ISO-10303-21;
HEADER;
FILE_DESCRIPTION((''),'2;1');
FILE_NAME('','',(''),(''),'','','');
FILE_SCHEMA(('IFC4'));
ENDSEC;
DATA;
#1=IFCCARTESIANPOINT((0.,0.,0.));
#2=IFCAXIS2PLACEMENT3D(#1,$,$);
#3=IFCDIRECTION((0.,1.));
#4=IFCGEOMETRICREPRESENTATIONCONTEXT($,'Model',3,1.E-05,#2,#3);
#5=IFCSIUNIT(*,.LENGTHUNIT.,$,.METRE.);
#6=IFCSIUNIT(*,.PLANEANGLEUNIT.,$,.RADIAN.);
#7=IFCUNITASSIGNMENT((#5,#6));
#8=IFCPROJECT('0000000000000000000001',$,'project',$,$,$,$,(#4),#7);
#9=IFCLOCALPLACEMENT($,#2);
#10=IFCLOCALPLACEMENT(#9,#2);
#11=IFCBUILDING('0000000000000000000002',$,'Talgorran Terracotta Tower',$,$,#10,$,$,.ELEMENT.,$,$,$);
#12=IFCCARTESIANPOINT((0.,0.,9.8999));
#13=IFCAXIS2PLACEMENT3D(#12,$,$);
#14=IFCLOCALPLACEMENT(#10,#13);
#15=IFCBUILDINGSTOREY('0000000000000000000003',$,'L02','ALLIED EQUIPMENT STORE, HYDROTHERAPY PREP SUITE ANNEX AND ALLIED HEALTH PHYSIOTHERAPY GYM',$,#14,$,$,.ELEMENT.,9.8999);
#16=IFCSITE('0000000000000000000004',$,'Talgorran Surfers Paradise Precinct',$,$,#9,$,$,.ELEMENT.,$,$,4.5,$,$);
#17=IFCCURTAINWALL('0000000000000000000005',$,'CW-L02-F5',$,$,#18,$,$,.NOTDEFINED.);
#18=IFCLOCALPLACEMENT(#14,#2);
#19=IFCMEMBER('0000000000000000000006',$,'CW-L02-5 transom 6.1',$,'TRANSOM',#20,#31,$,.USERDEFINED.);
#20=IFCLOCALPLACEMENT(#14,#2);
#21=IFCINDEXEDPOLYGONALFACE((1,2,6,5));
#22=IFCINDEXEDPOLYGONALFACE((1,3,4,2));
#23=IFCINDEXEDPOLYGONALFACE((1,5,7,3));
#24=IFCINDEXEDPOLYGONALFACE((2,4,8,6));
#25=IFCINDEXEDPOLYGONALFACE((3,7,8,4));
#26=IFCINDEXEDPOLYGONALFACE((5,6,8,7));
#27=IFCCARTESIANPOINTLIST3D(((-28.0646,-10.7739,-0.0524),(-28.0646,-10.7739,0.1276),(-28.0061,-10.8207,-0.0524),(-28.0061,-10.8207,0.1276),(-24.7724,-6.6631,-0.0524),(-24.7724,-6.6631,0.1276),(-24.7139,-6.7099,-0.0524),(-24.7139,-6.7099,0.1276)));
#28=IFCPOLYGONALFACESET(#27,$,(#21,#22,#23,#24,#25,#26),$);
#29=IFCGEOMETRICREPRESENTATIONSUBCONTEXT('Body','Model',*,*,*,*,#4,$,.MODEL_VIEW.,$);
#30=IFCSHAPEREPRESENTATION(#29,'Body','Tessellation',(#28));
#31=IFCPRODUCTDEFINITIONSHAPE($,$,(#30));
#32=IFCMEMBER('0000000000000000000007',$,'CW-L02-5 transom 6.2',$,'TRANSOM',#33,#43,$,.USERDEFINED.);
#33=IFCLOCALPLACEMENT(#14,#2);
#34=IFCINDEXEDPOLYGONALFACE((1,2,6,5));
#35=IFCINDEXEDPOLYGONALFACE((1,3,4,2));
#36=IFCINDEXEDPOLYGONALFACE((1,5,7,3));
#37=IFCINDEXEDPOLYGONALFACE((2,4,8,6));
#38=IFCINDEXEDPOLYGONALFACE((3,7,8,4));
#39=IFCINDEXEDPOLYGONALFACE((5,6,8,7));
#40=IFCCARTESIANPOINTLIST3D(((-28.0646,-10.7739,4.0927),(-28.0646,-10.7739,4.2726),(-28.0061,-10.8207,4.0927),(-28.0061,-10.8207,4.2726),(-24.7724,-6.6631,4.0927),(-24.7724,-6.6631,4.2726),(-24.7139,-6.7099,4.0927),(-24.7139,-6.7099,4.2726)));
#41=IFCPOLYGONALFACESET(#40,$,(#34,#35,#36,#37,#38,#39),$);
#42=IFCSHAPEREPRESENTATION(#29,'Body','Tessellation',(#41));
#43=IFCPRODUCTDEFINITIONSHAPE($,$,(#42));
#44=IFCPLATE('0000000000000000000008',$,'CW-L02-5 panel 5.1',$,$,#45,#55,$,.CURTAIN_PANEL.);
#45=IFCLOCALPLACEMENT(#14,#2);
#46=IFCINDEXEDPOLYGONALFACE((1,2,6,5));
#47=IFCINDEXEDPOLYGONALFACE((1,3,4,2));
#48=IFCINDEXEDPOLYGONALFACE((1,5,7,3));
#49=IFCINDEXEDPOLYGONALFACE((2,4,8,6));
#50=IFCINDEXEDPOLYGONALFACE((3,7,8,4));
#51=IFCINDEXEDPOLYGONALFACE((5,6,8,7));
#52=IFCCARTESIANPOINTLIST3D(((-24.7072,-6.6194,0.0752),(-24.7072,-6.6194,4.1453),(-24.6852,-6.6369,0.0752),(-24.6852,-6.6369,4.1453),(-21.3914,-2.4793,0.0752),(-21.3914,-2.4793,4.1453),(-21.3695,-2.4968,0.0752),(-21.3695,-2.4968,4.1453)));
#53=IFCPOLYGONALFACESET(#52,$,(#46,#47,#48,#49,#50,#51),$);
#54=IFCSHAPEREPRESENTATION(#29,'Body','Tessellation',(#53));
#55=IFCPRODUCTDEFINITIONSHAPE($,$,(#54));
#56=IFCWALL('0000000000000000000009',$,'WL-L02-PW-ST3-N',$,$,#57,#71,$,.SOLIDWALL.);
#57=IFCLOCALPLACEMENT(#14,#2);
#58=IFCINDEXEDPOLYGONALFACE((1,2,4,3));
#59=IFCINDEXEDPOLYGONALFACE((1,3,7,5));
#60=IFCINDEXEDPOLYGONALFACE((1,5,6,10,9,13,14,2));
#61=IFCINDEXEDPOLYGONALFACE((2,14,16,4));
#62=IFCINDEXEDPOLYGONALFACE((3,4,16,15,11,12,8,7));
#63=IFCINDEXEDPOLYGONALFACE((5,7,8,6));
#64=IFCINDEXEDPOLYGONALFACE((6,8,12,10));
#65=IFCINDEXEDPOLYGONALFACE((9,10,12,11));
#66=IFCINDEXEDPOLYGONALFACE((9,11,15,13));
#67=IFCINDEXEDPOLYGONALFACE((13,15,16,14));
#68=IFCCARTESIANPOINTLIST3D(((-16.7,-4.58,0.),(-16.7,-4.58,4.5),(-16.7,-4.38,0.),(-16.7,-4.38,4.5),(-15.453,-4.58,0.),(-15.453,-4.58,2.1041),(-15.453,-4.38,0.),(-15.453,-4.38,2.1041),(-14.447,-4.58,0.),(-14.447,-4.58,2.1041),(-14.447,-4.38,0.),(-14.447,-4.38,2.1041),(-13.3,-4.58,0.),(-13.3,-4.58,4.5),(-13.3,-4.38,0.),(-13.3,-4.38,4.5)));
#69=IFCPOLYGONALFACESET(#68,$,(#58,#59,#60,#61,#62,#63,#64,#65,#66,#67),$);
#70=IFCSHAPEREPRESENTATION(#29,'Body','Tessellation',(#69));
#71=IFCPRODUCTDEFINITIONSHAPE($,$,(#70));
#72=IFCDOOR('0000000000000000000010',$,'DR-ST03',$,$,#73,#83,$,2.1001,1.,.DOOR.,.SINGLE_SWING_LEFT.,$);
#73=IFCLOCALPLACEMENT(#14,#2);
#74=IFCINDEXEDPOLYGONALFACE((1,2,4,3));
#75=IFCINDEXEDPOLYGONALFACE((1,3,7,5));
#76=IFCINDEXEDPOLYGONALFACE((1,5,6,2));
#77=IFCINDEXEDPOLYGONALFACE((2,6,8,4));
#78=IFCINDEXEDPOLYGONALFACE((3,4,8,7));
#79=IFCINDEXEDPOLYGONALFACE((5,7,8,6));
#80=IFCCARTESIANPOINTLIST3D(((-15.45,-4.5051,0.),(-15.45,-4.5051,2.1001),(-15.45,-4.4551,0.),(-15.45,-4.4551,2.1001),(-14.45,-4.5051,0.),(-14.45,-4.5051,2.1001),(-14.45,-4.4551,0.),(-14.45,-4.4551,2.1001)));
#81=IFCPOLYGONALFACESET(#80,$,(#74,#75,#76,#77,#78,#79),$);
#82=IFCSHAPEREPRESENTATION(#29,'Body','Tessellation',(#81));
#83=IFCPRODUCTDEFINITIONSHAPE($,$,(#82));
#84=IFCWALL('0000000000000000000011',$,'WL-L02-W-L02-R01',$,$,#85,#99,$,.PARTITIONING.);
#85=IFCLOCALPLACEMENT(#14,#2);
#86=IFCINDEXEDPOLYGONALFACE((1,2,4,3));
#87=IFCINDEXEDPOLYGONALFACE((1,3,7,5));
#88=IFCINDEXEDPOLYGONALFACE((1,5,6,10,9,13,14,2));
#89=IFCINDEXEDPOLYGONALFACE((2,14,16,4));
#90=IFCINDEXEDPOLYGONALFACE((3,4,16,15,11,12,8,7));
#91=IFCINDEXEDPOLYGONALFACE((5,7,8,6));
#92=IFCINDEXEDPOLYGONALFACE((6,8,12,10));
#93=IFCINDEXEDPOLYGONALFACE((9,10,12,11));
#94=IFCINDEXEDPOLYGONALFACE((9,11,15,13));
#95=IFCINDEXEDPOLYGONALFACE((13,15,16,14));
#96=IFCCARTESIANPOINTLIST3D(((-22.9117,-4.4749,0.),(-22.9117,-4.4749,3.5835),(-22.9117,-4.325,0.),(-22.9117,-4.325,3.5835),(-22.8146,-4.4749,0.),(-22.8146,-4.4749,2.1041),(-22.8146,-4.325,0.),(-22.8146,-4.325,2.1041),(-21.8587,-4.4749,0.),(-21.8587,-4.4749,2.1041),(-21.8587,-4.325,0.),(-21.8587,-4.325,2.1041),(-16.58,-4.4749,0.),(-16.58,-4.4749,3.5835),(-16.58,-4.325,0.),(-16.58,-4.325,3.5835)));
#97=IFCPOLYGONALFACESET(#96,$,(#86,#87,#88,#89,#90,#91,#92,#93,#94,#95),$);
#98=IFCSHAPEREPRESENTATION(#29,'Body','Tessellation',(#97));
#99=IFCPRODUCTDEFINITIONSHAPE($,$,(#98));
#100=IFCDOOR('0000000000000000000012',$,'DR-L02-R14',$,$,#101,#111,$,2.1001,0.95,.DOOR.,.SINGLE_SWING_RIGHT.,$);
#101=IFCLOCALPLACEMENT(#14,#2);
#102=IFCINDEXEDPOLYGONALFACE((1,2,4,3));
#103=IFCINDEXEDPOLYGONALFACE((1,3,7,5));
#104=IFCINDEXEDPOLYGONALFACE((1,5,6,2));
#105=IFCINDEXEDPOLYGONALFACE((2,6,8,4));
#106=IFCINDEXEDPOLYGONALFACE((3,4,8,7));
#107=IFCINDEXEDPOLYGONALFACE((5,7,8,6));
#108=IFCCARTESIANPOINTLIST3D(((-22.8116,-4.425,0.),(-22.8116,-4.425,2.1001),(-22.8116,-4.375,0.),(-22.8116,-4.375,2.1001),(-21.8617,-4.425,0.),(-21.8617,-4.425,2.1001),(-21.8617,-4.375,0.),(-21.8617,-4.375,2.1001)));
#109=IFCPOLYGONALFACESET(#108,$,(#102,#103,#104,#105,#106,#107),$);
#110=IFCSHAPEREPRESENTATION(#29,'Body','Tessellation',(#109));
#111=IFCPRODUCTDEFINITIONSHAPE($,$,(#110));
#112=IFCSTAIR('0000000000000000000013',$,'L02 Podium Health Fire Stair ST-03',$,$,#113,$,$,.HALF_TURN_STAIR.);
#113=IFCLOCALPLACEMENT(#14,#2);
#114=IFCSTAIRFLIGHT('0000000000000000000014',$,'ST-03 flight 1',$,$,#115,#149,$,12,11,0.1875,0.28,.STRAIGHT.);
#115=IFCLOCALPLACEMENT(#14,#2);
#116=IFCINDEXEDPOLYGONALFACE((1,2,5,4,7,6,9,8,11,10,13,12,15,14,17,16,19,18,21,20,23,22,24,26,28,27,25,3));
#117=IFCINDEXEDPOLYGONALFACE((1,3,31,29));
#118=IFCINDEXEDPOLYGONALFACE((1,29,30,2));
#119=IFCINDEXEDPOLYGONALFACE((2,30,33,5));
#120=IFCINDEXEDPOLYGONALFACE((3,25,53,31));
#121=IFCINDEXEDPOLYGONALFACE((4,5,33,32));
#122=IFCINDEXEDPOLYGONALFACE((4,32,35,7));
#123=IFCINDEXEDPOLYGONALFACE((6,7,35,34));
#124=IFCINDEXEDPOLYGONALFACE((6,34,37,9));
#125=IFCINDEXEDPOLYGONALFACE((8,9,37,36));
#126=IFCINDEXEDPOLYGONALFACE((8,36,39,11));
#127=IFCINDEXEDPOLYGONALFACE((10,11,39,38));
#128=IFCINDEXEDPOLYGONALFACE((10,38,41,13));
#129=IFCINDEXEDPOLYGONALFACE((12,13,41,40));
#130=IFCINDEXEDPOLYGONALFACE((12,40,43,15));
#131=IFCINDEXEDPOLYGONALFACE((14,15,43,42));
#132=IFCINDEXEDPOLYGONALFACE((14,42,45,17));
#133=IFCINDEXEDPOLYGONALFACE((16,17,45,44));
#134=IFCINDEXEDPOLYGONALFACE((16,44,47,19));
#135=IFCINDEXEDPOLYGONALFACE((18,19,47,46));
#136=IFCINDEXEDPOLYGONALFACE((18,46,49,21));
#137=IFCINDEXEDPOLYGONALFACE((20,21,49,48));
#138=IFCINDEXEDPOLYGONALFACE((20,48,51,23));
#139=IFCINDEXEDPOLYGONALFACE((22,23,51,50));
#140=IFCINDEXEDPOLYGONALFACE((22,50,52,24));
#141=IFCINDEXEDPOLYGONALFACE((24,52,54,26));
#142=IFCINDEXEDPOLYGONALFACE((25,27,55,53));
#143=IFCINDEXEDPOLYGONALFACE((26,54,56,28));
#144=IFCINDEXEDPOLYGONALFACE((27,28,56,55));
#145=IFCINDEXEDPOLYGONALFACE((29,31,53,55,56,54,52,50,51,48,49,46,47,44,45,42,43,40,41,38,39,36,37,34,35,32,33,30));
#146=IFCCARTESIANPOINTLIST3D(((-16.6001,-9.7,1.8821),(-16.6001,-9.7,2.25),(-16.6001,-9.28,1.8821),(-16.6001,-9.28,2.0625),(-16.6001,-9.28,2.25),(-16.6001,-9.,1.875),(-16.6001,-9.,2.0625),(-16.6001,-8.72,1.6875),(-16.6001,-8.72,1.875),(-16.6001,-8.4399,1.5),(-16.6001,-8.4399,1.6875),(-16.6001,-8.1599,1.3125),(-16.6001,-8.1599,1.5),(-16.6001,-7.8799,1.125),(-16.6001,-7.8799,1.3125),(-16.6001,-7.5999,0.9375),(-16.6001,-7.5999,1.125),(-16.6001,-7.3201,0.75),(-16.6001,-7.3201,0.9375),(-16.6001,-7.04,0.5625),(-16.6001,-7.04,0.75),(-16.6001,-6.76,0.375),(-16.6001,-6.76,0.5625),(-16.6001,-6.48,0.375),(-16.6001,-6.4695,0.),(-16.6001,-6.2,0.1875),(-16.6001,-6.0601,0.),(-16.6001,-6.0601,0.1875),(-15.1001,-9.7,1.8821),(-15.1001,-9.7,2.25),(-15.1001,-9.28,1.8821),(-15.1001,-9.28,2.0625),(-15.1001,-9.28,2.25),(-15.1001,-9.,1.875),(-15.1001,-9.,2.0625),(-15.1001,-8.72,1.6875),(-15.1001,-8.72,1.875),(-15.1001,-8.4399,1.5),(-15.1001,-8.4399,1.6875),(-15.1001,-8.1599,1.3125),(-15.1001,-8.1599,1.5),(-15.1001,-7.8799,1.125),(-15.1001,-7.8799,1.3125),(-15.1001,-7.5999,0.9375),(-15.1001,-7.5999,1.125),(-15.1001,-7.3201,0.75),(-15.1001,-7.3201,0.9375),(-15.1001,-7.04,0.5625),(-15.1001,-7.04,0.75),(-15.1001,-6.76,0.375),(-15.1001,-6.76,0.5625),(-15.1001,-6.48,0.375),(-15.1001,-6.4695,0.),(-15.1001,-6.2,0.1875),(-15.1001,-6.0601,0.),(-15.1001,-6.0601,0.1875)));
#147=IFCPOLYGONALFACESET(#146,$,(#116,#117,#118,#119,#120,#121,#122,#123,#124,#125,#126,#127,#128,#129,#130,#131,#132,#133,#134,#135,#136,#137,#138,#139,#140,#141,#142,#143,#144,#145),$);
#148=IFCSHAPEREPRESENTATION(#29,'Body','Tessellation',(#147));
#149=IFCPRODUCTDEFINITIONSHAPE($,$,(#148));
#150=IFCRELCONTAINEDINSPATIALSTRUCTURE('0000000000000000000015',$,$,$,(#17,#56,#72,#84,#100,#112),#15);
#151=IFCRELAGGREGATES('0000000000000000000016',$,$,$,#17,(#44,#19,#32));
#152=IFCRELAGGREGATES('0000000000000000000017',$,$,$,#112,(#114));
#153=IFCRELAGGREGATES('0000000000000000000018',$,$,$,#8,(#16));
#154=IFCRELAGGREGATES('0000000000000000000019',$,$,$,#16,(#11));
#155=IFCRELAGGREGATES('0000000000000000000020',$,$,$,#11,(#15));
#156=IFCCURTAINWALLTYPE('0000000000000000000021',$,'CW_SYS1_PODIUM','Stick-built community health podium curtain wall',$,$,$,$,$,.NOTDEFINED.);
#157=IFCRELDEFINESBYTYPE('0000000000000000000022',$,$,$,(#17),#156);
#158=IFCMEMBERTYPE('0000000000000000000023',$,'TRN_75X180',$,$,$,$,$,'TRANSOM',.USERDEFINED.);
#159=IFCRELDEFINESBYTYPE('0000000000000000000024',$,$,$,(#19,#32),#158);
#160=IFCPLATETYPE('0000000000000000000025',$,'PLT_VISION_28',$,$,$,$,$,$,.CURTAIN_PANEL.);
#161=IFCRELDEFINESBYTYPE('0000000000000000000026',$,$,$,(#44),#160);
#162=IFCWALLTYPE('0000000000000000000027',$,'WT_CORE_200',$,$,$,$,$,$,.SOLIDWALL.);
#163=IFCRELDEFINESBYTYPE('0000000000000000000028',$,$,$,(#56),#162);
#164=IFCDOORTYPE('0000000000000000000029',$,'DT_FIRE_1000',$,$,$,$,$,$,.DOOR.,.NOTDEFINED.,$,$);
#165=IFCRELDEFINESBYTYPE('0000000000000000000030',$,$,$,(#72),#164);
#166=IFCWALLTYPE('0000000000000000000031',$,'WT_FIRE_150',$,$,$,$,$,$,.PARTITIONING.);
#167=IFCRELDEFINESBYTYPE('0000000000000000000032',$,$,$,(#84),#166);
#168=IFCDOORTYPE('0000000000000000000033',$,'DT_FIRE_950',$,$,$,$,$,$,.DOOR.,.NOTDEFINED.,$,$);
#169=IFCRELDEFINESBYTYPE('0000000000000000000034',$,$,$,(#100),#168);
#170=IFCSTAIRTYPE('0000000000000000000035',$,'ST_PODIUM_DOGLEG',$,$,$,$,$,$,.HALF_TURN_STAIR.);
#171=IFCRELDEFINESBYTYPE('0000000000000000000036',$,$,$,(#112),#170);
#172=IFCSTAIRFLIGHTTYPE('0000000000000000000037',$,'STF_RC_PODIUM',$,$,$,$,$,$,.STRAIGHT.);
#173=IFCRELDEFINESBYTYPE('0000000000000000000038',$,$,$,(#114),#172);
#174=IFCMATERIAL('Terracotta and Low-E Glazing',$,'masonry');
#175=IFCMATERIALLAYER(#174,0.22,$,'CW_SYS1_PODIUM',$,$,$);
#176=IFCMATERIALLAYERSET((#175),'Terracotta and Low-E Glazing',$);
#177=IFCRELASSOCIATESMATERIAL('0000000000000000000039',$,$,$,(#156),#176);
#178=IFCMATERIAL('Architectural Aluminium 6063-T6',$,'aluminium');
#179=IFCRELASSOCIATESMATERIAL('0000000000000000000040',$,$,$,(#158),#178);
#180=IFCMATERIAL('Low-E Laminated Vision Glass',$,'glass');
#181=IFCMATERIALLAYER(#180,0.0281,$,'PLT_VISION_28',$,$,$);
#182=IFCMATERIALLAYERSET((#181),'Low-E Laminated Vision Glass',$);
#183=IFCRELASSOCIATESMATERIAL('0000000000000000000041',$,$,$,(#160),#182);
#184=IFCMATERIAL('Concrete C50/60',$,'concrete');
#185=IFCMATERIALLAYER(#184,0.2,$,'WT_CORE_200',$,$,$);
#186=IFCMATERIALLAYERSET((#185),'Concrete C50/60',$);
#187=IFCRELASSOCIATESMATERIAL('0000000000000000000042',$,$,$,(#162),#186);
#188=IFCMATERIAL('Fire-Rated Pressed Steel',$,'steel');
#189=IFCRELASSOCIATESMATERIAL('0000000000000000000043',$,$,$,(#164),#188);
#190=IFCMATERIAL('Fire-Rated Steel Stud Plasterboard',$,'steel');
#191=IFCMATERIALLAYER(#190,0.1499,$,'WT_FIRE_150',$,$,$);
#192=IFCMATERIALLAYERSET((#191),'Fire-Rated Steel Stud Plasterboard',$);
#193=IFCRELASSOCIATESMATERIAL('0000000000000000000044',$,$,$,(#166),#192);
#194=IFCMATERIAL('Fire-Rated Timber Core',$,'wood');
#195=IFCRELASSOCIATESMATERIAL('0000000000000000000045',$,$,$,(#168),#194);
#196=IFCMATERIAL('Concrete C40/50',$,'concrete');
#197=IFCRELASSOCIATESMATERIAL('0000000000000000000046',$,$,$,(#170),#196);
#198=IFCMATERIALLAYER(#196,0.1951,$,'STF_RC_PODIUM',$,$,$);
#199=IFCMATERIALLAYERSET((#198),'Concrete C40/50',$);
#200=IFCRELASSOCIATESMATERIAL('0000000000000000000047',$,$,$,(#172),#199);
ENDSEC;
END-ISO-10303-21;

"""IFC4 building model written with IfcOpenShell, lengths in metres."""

from ifc_helpers import new_model, si_unit, direction, frame, frame_2d, origin, origin_2d, place, context, subcontext, project, spatial, polyline, rectangle, outline, extrude, source, transform, mapped, material, layer, layer_set, material_profile, profile_set, type_object, type_shapes, element, fill, aggregate, save


model = new_model("IFC4")

# Units and contexts
model_context = context("Model", 3, precision=1e-05, world=origin(), true_north=direction((0.0, 1.0)))
body_context = subcontext(model_context, "Body", "Model", "MODEL_VIEW")
ifc_project = project(units=[si_unit("LENGTHUNIT", "METRE"), si_unit("PLANEANGLEUNIT", "RADIAN")], contexts=[model_context])

# Site, building, storey
site_placement = place(None, origin())
site = spatial("IfcSite", under=ifc_project, at=site_placement, Name="Talgorran Surfers Paradise Precinct", CompositionType="ELEMENT", RefElevation=4.5)
building_placement = place(site_placement, origin())
building = spatial("IfcBuilding", under=site, at=building_placement, Name="Talgorran Terracotta Tower", CompositionType="ELEMENT")
storey_placement = place(building_placement, frame((0.0, 0.0, 9.8999)))
storey = spatial("IfcBuildingStorey", under=building, at=storey_placement, Name="L02", Description="ALLIED EQUIPMENT STORE, HYDROTHERAPY PREP SUITE ANNEX AND ALLIED HEALTH PHYSIOTHERAPY GYM", CompositionType="ELEMENT", Elevation=9.8999)

# Curtain wall, members, plate
ifc_material_1 = material(Name="Terracotta and Low-E Glazing", Category="masonry")
ifc_layer_1 = layer(ifc_material_1, 0.22, Name="CW_SYS1_PODIUM")
ifc_layer_set_1 = layer_set([ifc_layer_1], Name="Terracotta and Low-E Glazing")
curtain_wall_type = type_object("IfcCurtainWallType", Name="CW_SYS1_PODIUM", Description="Stick-built community health podium curtain wall", PredefinedType="NOTDEFINED", material=ifc_layer_set_1)
curtain_wall_placement = place(storey_placement, origin())
curtain_wall = element("IfcCurtainWall", 1, at=curtain_wall_placement, inside=storey, type_object=curtain_wall_type, Name="CW-L02-F5", PredefinedType="NOTDEFINED")
ifc_material_2 = material(Name="Architectural Aluminium 6063-T6", Category="aluminium")
ifc_material_profile_1 = material_profile(ifc_material_2, rectangle(XDim=0.075, YDim=0.1799, at=origin_2d()), Name="CWT75X180")
ifc_profile_set_1 = profile_set([ifc_material_profile_1], Name="Architectural Aluminium 6063-T6")
member_type_1 = type_object("IfcMemberType", Name="TRN_75X180", ElementType="TRANSOM", PredefinedType="USERDEFINED", material=ifc_profile_set_1)
member_1_placement = place(storey_placement, frame((-24.7432, -6.6865, 0.0376), z_axis=(-0.625108, -0.780539, 0.0), x_axis=(0.780539, -0.625108, 0.0)))
member_1 = element("IfcMember", 2, at=member_1_placement, type_object=member_type_1, Name="CW-L02-5 transom 6.1", ObjectType="TRANSOM", PredefinedType="USERDEFINED", context=body_context, shape_type="SweptSolid", body=[
    extrude(rectangle(XDim=0.075, YDim=0.1799, at=origin_2d()), origin(), (0.0, 0.0, 1.0), 5.2666),
])
member_2_placement = place(storey_placement, frame((-24.7432, -6.6865, 4.1826), z_axis=(-0.625108, -0.780539, 0.0), x_axis=(0.780539, -0.625108, 0.0)))
member_2 = element("IfcMember", 3, at=member_2_placement, type_object=member_type_1, Name="CW-L02-5 transom 6.2", ObjectType="TRANSOM", PredefinedType="USERDEFINED", context=body_context, shape_type="SweptSolid", body=[
    extrude(rectangle(XDim=0.075, YDim=0.1799, at=origin_2d()), origin(), (0.0, 0.0, 1.0), 5.2666),
])
ifc_material_3 = material(Name="Low-E Laminated Vision Glass", Category="glass")
ifc_layer_2 = layer(ifc_material_3, 0.0281, Name="PLT_VISION_28")
ifc_layer_set_2 = layer_set([ifc_layer_2], Name="Low-E Laminated Vision Glass")
plate_type = type_object("IfcPlateType", Name="PLT_VISION_28", PredefinedType="CURTAIN_PANEL", material=ifc_layer_set_2)
shared_shape = source(origin(), body_context, "Body", "SweptSolid", [
    extrude(rectangle(XDim=5.3042, YDim=0.0281, at=origin_2d()), origin(), (0.0, 0.0, 1.0), 4.0701),
])
type_shapes(plate_type, [shared_shape])
plate_placement = place(storey_placement, frame((-23.0383, -4.5581, 0.0752), z_axis=(0.0, 0.0, 1.0), x_axis=(-0.625116, -0.780532, 0.0)))
plate = element("IfcPlate", 4, at=plate_placement, type_object=plate_type, Name="CW-L02-5 panel 5.1", PredefinedType="CURTAIN_PANEL", context=body_context, shape_type="MappedRepresentation", body=[
    mapped(shared_shape, transform((0.0, 0.0, 0.0), scale=1.0)),
])
aggregate(curtain_wall, [plate, member_1, member_2])

# Walls, openings, doors
ifc_material_4 = material(Name="Concrete C50/60", Category="concrete")
ifc_layer_3 = layer(ifc_material_4, 0.2, Name="WT_CORE_200")
ifc_layer_set_3 = layer_set([ifc_layer_3], Name="Concrete C50/60")
wall_type_1 = type_object("IfcWallType", Name="WT_CORE_200", PredefinedType="SOLIDWALL", material=ifc_layer_set_3)
wall_1_placement = place(storey_placement, frame((-16.7, -4.48, 0.0), z_axis=(0.0, 0.0, 1.0), x_axis=(1.0, 0.0, 0.0)))
wall_1 = element("IfcWall", 5, at=wall_1_placement, inside=storey, type_object=wall_type_1, Name="WL-L02-PW-ST3-N", PredefinedType="SOLIDWALL", context=body_context, shape_type="SweptSolid", body=[
    extrude(rectangle(XDim=3.3999, YDim=0.2, at=frame_2d((1.7, 0.0))), origin(), (0.0, 0.0, 1.0), 4.5),
])
opening_1_placement = place(wall_1_placement, frame((1.25, 0.0, 0.0)))
opening_1 = element("IfcOpeningElement", 6, at=opening_1_placement, cuts=wall_1, PredefinedType="OPENING", context=body_context, shape_type="SweptSolid", body=[
    extrude(rectangle(XDim=1.006, YDim=2.1041, at=frame_2d((0.5, 1.052))), frame((0.0, 0.1099, 0.0), z_axis=(0.0, -1.0, 0.0), x_axis=(1.0, 0.0, 0.0)), (0.0, 0.0, 1.0), 0.22),
])
ifc_material_5 = material(Name="Fire-Rated Pressed Steel", Category="steel")
door_type_1 = type_object("IfcDoorType", Name="DT_FIRE_1000", OperationType="NOTDEFINED", PredefinedType="DOOR", material=ifc_material_5)
door_1_placement = place(opening_1_placement, origin())
door_1 = element("IfcDoor", 7, at=door_1_placement, inside=storey, type_object=door_type_1, Name="DR-ST03", OperationType="SINGLE_SWING_LEFT", OverallHeight=2.1001, OverallWidth=1.0, PredefinedType="DOOR", context=body_context, shape_type="SweptSolid", body=[
    extrude(rectangle(XDim=1.0, YDim=2.1001, at=frame_2d((0.5, 1.05))), frame((0.0, 0.0249, 0.0), z_axis=(0.0, -1.0, 0.0), x_axis=(1.0, 0.0, 0.0)), (0.0, 0.0, 1.0), 0.05),
])
fill(opening_1, door_1)
ifc_material_6 = material(Name="Fire-Rated Steel Stud Plasterboard", Category="steel")
ifc_layer_4 = layer(ifc_material_6, 0.1499, Name="WT_FIRE_150")
ifc_layer_set_4 = layer_set([ifc_layer_4], Name="Fire-Rated Steel Stud Plasterboard")
wall_type_2 = type_object("IfcWallType", Name="WT_FIRE_150", PredefinedType="PARTITIONING", material=ifc_layer_set_4)
wall_2_placement = place(storey_placement, frame((-22.9119, -4.3999, 0.0), z_axis=(0.0, 0.0, 1.0), x_axis=(1.0, 0.0, 0.0)))
wall_2 = element("IfcWall", 8, at=wall_2_placement, inside=storey, type_object=wall_type_2, Name="WL-L02-W-L02-R01", PredefinedType="PARTITIONING", context=body_context, shape_type="SweptSolid", body=[
    extrude(rectangle(XDim=6.3318, YDim=0.1499, at=frame_2d((3.166, 0.0))), origin(), (0.0, 0.0, 1.0), 3.5835),
])
opening_2_placement = place(wall_2_placement, frame((0.1001, 0.0, 0.0)))
opening_2 = element("IfcOpeningElement", 9, at=opening_2_placement, cuts=wall_2, PredefinedType="OPENING", context=body_context, shape_type="SweptSolid", body=[
    extrude(rectangle(XDim=0.956, YDim=2.1041, at=frame_2d((0.4751, 1.052))), frame((0.0, 0.085, 0.0), z_axis=(0.0, -1.0, 0.0), x_axis=(1.0, 0.0, 0.0)), (0.0, 0.0, 1.0), 0.1699),
])
ifc_material_7 = material(Name="Fire-Rated Timber Core", Category="wood")
door_type_2 = type_object("IfcDoorType", Name="DT_FIRE_950", OperationType="NOTDEFINED", PredefinedType="DOOR", material=ifc_material_7)
door_2_placement = place(opening_2_placement, origin())
door_2 = element("IfcDoor", 10, at=door_2_placement, inside=storey, type_object=door_type_2, Name="DR-L02-R14", OperationType="SINGLE_SWING_RIGHT", OverallHeight=2.1001, OverallWidth=0.95, PredefinedType="DOOR", context=body_context, shape_type="SweptSolid", body=[
    extrude(rectangle(XDim=0.95, YDim=2.1001, at=frame_2d((0.4751, 1.05))), frame((0.0, 0.0249, 0.0), z_axis=(0.0, -1.0, 0.0), x_axis=(1.0, 0.0, 0.0)), (0.0, 0.0, 1.0), 0.05),
])
fill(opening_2, door_2)

# Stair, stair flight
ifc_material_8 = material(Name="Concrete C40/50", Category="concrete")
stair_type = type_object("IfcStairType", Name="ST_PODIUM_DOGLEG", PredefinedType="HALF_TURN_STAIR", material=ifc_material_8)
stair_placement = place(storey_placement, origin())
stair = element("IfcStair", 11, at=stair_placement, inside=storey, type_object=stair_type, Name="L02 Podium Health Fire Stair ST-03", PredefinedType="HALF_TURN_STAIR")
ifc_layer_5 = layer(ifc_material_8, 0.1951, Name="STF_RC_PODIUM")
ifc_layer_set_5 = layer_set([ifc_layer_5], Name="Concrete C40/50")
stair_flight_type = type_object("IfcStairFlightType", Name="STF_RC_PODIUM", PredefinedType="STRAIGHT", material=ifc_layer_set_5)
stair_flight_placement = place(storey_placement, frame((-15.8501, -6.2, 0.0), z_axis=(0.0, 0.0, 1.0), x_axis=(0.0, -1.0, 0.0)))
stair_flight = element("IfcStairFlight", 12, at=stair_flight_placement, type_object=stair_flight_type, Name="ST-03 flight 1", NumberOfRisers=12, NumberOfTreads=11, PredefinedType="STRAIGHT", RiserHeight=0.1875, TreadLength=0.28, context=body_context, shape_type="SweptSolid", body=[
    extrude(outline(polyline([(-0.1399, 0.0), (-0.1399, 0.1875), (0.0, 0.1875), (0.28, 0.375), (0.5601, 0.375), (0.5601, 0.5625), (0.8401, 0.5625), (0.8401, 0.75), (1.1201, 0.75), (1.1201, 0.9375), (1.3999, 0.9375), (1.3999, 1.125), (1.6799, 1.125), (1.6799, 1.3125), (1.96, 1.3125), (1.96, 1.5), (2.24, 1.5), (2.24, 1.6875), (2.52, 1.6875), (2.52, 1.875), (2.8, 1.875), (2.8, 2.0625), (3.0801, 2.0625), (3.0801, 2.25), (3.5, 2.25), (3.5, 1.8821), (3.0801, 1.8821), (0.2695, 0.0), (-0.1399, 0.0)])), frame((0.0, 0.75, 0.0), z_axis=(0.0, -1.0, 0.0), x_axis=(1.0, 0.0, 0.0)), (0.0, 0.0, 1.0), 1.5),
])
aggregate(stair, [stair_flight])

save(model, "model.ifc")
